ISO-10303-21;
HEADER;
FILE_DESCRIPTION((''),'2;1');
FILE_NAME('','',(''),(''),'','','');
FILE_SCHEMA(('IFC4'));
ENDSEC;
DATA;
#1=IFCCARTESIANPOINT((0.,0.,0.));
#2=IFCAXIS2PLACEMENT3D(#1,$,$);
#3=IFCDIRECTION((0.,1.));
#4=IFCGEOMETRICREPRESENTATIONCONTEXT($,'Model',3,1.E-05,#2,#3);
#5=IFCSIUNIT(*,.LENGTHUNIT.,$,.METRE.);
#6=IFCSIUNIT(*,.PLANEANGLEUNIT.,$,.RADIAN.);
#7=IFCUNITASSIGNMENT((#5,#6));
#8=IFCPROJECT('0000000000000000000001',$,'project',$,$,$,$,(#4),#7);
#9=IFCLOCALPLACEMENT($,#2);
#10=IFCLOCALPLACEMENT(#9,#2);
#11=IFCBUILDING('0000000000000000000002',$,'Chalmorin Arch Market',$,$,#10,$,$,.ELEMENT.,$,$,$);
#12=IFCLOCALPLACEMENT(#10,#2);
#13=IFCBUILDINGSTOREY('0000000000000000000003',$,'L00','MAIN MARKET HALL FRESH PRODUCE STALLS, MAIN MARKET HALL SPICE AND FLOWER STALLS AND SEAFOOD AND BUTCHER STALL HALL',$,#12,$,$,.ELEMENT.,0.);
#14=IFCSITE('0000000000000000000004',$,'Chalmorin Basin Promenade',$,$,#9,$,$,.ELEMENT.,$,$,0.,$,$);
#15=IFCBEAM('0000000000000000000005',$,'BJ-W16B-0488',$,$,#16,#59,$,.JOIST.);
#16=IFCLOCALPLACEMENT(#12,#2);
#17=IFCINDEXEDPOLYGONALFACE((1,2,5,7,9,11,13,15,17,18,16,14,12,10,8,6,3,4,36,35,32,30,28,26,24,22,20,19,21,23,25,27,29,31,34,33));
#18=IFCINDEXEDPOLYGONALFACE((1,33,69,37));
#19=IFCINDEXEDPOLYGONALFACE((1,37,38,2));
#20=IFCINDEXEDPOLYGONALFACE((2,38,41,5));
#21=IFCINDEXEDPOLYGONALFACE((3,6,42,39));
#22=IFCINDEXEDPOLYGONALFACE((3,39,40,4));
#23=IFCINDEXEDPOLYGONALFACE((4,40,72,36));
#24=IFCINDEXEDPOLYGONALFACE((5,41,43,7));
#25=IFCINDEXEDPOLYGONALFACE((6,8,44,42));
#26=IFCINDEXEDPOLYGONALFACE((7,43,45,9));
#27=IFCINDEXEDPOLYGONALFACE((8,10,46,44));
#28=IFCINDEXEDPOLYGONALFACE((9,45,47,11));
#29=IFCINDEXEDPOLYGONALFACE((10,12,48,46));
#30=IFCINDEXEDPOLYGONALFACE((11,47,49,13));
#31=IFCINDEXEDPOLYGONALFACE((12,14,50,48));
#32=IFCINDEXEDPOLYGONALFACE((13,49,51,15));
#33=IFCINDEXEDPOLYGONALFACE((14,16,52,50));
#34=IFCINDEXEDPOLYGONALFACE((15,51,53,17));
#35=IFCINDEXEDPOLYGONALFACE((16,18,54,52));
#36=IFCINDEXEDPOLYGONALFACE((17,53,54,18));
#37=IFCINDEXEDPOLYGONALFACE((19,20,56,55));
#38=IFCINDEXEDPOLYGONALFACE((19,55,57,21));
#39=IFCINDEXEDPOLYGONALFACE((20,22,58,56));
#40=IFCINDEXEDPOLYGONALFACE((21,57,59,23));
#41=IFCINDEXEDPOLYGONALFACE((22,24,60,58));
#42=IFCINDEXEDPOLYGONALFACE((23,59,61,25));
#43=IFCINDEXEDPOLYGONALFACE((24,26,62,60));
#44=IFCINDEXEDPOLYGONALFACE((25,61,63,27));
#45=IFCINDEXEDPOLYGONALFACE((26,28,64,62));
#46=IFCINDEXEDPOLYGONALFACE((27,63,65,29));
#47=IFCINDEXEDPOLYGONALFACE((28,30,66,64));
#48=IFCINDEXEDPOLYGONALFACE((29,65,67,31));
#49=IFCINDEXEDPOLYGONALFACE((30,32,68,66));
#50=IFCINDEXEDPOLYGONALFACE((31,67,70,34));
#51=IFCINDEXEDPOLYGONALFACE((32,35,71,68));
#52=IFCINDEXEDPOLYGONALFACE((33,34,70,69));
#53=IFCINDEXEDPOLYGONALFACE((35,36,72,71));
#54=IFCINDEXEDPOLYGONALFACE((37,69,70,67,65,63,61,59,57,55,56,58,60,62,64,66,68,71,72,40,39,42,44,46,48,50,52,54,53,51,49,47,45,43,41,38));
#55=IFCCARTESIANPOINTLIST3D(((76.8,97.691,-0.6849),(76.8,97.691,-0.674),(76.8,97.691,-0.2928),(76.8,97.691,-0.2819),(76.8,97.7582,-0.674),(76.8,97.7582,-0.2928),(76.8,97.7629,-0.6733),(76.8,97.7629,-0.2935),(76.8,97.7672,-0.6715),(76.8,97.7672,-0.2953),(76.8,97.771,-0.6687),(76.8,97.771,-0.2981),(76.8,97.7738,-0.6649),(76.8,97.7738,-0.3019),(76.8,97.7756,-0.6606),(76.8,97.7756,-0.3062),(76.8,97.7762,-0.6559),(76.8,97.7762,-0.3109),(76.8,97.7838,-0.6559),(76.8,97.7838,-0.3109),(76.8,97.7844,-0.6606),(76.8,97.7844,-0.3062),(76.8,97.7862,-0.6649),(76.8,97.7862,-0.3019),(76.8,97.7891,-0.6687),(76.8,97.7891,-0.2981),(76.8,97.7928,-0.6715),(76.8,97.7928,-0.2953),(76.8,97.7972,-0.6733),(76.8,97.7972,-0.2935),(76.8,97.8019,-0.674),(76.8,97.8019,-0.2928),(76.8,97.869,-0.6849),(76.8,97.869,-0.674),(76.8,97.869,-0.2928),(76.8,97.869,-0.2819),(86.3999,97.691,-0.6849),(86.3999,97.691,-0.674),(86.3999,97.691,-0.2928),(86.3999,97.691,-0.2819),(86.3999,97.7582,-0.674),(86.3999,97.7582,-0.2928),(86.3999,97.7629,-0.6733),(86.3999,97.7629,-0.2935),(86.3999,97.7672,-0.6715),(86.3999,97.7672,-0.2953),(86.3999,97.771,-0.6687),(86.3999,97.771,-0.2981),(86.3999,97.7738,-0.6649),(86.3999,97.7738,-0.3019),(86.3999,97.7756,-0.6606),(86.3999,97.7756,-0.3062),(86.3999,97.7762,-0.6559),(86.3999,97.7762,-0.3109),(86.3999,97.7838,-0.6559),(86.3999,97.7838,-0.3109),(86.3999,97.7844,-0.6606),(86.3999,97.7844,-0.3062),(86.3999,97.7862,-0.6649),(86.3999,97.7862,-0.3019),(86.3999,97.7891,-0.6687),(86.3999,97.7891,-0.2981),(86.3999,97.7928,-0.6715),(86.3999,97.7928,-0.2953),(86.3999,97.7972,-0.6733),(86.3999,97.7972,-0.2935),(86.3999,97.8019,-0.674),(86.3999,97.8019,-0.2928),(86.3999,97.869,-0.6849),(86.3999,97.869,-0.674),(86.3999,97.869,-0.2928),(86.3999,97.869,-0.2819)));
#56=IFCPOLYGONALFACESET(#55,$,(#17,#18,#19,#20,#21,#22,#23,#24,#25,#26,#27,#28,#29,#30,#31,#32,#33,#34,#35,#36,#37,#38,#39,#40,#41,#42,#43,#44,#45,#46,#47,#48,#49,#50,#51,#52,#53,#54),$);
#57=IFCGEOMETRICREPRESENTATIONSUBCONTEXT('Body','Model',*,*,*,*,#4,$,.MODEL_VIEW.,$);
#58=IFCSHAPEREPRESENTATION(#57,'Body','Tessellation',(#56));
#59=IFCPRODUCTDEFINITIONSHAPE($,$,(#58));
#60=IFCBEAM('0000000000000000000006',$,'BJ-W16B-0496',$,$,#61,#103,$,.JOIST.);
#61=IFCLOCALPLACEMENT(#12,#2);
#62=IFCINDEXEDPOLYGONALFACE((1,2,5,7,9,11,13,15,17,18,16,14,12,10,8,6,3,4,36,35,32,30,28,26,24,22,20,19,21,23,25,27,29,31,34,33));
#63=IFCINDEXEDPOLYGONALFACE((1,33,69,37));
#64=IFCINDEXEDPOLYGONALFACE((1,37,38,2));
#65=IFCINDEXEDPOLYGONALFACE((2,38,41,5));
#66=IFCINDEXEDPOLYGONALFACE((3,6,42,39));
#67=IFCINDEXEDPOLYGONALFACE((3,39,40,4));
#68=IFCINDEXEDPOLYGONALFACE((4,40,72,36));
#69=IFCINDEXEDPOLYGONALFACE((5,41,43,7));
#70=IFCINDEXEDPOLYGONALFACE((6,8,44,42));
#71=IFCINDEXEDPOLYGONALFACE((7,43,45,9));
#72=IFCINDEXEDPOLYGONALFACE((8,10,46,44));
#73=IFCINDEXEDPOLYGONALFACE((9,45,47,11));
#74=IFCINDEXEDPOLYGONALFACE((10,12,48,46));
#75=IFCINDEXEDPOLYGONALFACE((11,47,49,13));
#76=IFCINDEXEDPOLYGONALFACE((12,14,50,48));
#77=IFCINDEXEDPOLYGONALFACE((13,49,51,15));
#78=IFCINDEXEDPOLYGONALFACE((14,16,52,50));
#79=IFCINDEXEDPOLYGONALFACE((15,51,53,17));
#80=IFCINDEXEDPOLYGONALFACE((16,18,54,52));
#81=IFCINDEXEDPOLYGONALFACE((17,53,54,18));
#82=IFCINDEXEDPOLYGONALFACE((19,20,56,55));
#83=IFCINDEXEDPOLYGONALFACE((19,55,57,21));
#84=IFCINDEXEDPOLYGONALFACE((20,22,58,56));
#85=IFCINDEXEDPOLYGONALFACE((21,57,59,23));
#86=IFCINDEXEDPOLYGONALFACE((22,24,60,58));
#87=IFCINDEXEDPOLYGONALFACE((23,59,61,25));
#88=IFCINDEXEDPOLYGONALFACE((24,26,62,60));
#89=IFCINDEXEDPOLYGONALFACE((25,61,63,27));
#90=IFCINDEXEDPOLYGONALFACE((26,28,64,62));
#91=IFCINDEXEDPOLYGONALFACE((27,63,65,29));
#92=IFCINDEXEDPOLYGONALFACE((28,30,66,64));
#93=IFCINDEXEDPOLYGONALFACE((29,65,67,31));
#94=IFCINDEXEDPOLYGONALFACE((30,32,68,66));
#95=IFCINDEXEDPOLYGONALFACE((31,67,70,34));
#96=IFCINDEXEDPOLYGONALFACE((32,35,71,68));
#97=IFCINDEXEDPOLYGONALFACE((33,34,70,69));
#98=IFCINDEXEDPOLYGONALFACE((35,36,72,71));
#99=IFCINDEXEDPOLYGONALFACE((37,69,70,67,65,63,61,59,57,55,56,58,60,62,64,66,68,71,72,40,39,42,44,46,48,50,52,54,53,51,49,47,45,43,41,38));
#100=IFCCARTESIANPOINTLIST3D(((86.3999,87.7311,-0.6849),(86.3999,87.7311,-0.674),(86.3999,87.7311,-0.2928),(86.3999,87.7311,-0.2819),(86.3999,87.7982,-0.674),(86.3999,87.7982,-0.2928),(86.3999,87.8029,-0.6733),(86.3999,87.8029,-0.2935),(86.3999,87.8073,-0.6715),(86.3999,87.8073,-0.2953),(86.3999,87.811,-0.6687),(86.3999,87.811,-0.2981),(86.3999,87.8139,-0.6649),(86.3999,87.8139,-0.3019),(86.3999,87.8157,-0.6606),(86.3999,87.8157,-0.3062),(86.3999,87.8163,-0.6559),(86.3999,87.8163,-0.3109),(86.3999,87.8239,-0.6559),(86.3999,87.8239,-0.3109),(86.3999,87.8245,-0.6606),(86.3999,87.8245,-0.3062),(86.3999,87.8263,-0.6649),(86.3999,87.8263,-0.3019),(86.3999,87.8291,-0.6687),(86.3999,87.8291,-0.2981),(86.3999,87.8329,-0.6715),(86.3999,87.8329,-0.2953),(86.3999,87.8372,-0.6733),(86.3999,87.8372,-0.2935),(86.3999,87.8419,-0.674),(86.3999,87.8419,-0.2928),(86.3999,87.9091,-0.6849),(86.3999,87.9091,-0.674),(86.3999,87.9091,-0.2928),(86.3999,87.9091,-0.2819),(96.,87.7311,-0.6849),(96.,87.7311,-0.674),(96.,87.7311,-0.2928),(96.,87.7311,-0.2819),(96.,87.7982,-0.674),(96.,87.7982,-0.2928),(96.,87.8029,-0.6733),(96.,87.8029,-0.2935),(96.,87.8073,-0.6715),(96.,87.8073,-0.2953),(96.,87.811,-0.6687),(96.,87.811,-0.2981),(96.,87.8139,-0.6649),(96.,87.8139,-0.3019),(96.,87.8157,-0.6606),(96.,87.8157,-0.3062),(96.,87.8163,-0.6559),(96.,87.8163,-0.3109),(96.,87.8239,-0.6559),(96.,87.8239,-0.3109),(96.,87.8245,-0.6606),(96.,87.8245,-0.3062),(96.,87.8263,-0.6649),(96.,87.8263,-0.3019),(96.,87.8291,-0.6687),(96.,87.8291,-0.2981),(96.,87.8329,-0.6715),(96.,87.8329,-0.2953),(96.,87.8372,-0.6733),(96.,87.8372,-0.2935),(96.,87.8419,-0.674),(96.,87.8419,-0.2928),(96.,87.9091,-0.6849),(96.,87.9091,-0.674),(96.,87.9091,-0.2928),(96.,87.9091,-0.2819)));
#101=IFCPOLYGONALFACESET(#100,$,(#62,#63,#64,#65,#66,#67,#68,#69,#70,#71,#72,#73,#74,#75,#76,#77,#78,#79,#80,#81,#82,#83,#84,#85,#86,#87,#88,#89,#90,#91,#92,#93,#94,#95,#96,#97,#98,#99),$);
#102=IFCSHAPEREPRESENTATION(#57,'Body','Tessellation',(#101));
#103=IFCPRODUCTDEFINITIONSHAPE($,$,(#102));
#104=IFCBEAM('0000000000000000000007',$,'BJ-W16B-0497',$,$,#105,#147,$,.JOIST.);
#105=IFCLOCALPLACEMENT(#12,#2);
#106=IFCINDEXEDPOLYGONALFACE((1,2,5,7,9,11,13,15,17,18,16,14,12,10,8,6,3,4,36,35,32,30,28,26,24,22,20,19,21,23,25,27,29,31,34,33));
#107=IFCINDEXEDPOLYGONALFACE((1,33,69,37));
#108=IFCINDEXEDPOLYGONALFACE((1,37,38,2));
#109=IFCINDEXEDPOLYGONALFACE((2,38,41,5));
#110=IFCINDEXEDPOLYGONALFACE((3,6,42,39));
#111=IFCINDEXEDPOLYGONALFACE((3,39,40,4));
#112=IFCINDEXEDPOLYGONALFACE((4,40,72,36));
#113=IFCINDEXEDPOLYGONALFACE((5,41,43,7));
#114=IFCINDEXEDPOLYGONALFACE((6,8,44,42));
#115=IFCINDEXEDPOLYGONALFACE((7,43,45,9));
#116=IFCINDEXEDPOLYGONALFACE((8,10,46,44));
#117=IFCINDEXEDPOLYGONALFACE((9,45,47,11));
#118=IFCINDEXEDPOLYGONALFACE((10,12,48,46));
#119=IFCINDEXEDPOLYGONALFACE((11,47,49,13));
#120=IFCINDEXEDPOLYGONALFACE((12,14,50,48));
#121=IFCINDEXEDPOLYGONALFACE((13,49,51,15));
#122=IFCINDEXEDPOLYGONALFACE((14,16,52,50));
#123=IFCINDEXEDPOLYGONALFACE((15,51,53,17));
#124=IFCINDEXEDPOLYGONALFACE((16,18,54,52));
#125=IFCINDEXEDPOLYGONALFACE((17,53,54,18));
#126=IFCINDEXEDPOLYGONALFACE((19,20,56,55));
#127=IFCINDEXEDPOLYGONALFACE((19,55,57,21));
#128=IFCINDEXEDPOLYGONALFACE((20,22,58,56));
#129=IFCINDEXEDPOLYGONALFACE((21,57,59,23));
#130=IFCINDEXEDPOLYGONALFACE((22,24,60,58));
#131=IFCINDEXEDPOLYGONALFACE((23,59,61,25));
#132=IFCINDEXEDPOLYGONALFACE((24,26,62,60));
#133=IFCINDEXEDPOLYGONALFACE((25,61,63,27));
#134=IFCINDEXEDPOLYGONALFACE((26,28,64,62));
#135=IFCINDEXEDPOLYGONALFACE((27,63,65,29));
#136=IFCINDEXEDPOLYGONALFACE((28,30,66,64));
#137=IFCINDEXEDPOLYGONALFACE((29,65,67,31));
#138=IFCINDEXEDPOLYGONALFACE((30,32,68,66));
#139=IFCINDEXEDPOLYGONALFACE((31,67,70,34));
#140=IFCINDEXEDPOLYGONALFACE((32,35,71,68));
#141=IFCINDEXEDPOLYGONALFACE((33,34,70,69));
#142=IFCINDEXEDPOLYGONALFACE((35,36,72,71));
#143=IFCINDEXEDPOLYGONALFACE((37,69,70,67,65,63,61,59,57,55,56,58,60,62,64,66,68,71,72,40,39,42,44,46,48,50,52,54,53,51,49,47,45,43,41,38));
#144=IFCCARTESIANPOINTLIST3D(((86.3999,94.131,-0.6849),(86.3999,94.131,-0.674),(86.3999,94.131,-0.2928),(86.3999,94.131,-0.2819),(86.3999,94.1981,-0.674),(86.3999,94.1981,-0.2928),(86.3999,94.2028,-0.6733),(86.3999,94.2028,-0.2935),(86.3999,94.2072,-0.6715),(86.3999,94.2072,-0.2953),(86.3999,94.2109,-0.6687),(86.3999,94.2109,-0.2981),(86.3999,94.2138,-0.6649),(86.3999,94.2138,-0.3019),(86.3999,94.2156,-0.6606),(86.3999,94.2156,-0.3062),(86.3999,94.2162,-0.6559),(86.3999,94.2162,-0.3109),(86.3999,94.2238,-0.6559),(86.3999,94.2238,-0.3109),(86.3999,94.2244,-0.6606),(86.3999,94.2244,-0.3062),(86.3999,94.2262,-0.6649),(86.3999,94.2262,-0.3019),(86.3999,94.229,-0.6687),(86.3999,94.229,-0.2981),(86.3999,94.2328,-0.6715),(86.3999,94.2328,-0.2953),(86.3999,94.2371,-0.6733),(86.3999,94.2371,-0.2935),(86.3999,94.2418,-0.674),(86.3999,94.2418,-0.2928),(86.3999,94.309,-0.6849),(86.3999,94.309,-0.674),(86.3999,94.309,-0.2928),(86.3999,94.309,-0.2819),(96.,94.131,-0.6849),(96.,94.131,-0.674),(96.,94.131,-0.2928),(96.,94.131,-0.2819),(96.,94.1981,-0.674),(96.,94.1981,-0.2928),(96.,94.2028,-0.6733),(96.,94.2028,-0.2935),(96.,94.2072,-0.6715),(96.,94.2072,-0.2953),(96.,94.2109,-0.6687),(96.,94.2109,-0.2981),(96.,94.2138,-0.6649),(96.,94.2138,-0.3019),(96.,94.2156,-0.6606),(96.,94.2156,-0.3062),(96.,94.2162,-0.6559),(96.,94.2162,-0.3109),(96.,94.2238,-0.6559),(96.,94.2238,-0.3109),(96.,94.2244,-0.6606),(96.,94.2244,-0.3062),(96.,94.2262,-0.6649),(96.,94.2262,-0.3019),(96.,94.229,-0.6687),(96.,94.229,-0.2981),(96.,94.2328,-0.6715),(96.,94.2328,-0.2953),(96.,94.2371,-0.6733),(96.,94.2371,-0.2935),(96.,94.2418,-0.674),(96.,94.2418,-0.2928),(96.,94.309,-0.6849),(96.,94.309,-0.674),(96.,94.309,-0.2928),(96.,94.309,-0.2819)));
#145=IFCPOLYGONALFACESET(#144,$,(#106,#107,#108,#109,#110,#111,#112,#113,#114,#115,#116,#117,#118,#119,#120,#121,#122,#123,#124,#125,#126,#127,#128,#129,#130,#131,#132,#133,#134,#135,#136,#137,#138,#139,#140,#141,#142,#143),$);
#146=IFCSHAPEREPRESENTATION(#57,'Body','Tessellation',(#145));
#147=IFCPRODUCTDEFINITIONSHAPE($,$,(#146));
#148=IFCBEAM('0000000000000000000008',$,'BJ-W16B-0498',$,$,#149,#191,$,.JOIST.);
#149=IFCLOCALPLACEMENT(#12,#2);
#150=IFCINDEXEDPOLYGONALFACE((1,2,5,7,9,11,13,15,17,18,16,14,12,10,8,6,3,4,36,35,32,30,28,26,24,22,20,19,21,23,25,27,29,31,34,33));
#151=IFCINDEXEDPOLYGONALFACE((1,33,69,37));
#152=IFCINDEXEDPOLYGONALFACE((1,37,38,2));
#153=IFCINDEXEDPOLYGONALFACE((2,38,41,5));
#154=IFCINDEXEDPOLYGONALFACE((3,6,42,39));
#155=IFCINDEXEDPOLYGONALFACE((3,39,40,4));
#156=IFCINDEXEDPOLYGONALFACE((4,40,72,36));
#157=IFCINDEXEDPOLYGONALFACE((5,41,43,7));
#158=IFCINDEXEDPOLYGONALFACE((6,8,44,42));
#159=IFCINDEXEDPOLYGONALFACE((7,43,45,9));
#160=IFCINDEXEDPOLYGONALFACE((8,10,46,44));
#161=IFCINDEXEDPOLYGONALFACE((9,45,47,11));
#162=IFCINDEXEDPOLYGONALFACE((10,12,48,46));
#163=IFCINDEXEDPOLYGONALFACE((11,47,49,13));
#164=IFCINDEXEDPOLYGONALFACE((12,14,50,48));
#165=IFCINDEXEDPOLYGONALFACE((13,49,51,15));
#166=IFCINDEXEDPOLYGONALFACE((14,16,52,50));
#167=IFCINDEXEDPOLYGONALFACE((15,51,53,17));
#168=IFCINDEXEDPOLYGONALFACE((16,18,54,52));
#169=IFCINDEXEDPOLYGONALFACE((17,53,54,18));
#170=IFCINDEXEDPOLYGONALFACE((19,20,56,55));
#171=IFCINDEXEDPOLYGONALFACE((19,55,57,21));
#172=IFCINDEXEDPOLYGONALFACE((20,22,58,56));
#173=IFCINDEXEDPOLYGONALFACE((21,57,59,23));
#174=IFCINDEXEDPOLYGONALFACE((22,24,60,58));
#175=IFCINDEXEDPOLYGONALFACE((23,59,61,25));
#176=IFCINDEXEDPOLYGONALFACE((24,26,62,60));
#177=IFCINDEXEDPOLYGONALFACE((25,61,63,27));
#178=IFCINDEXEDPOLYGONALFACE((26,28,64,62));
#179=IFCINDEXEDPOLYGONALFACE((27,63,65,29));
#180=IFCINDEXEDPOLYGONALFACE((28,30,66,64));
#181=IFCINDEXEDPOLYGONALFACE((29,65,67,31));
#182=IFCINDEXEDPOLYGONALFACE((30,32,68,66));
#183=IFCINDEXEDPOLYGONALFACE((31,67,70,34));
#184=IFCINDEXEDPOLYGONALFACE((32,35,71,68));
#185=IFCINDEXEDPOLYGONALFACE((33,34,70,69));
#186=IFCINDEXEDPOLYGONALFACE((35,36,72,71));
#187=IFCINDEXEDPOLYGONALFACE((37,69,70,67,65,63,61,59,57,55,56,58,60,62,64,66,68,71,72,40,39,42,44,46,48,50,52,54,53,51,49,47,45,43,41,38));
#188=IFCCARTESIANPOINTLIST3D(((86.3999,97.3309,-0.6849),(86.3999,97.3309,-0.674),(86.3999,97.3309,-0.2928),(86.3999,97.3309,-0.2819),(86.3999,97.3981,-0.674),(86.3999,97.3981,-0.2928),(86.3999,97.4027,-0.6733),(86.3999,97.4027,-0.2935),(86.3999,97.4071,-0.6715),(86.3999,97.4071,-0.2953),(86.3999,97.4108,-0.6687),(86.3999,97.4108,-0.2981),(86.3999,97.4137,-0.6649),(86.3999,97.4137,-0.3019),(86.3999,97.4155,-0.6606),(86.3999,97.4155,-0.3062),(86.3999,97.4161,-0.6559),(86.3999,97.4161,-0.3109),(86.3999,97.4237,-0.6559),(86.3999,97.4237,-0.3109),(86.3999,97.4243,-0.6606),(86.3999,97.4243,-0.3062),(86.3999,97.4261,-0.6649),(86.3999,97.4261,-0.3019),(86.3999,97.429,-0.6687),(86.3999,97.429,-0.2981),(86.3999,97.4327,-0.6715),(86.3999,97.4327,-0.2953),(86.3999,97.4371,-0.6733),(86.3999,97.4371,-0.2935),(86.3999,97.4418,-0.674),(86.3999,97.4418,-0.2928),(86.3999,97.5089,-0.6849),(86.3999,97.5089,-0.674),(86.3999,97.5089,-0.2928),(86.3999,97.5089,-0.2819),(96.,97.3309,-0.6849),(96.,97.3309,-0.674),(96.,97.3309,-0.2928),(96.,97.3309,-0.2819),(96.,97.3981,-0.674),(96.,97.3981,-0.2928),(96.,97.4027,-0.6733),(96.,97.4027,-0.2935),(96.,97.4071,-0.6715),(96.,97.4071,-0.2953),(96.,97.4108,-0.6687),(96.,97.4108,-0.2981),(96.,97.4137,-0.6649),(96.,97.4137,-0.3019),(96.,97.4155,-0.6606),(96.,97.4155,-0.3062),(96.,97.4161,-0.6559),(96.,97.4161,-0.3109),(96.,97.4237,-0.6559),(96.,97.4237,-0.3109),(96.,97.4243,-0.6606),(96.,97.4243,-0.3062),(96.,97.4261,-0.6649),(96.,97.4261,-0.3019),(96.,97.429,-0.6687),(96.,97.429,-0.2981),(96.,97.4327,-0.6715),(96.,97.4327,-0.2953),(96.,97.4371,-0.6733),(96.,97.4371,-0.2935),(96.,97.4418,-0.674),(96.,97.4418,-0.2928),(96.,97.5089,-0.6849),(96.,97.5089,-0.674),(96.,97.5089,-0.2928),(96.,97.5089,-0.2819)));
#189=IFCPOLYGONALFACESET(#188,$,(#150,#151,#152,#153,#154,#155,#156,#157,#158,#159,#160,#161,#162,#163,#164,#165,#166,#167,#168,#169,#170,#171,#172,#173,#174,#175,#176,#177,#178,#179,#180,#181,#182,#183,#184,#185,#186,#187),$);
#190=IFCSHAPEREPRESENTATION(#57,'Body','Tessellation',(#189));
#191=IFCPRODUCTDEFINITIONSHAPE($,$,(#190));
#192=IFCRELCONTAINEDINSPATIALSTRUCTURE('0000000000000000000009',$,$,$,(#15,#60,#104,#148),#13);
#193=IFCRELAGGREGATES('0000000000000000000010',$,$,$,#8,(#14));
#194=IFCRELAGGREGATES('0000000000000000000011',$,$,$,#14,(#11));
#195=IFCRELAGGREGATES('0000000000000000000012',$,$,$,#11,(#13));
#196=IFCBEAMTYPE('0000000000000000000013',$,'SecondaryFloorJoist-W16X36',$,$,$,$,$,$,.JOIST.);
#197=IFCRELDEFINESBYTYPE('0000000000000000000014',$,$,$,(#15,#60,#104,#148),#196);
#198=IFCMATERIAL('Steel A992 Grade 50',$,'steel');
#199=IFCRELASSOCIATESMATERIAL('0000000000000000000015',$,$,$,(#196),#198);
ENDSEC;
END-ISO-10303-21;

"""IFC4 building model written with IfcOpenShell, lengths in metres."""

from ifc_helpers import new_model, si_unit, direction, frame, origin, origin_2d, place, context, subcontext, project, spatial, i_section, extrude, material, material_profile, profile_set, type_object, element, save


model = new_model("IFC4")

# Units and contexts
model_context = context("Model", 3, precision=1e-05, world=origin(), true_north=direction((0.0, 1.0)))
body_context = subcontext(model_context, "Body", "Model", "MODEL_VIEW")
ifc_project = project(units=[si_unit("LENGTHUNIT", "METRE"), si_unit("PLANEANGLEUNIT", "RADIAN")], contexts=[model_context])

# Site, building, storey
site_placement = place(None, origin())
site = spatial("IfcSite", under=ifc_project, at=site_placement, Name="Chalmorin Basin Promenade", CompositionType="ELEMENT", RefElevation=0.0)
building_placement = place(site_placement, origin())
building = spatial("IfcBuilding", under=site, at=building_placement, Name="Chalmorin Arch Market", CompositionType="ELEMENT")
storey_placement = place(building_placement, origin())
storey = spatial("IfcBuildingStorey", under=building, at=storey_placement, Name="L00", Description="MAIN MARKET HALL FRESH PRODUCE STALLS, MAIN MARKET HALL SPICE AND FLOWER STALLS AND SEAFOOD AND BUTCHER STALL HALL", CompositionType="ELEMENT", Elevation=0.0)

# Beams
ifc_material_1 = material(Name="Steel A992 Grade 50", Category="steel")
ifc_material_profile_1 = material_profile(ifc_material_1, i_section(OverallWidth=0.178, OverallDepth=0.4031, WebThickness=0.0076, FlangeThickness=0.011, FilletRadius=0.0181, at=origin_2d()), Name="W16X36")
ifc_profile_set_1 = profile_set([ifc_material_profile_1], Name="Steel A992 Grade 50")
beam_type_1 = type_object("IfcBeamType", Name="SecondaryFloorJoist-W16X36", PredefinedType="JOIST", material=ifc_profile_set_1)
for number, where, z_axis, x_axis, name in (
    (1, (76.8, 97.78, -0.4834), (1.0, 0.0, 0.0), (0.0, 1.0, 0.0), "BJ-W16B-0488"),
):
    element("IfcBeam", number, at=place(storey_placement, frame(where, z_axis=z_axis, x_axis=x_axis)), inside=storey, type_object=beam_type_1, Name=name, PredefinedType="JOIST", context=body_context, shape_type="SweptSolid", body=[
        extrude(i_section(OverallWidth=0.178, OverallDepth=0.4031, WebThickness=0.0076, FlangeThickness=0.011, FilletRadius=0.0181, at=origin_2d()), origin(), (0.0, 0.0, 1.0), 9.5999),
    ])
for number, where, z_axis, x_axis, name in (
    (2, (86.3999, 87.8201, -0.4834), (1.0, 0.0, 0.0), (0.0, 1.0, 0.0), "BJ-W16B-0496"),
    (3, (86.3999, 94.22, -0.4834), (1.0, 0.0, 0.0), (0.0, 1.0, 0.0), "BJ-W16B-0497"),
    (4, (86.3999, 97.4199, -0.4834), (1.0, 0.0, 0.0), (0.0, 1.0, 0.0), "BJ-W16B-0498"),
):
    element("IfcBeam", number, at=place(storey_placement, frame(where, z_axis=z_axis, x_axis=x_axis)), inside=storey, type_object=beam_type_1, Name=name, PredefinedType="JOIST", context=body_context, shape_type="SweptSolid", body=[
        extrude(i_section(OverallWidth=0.178, OverallDepth=0.4031, WebThickness=0.0076, FlangeThickness=0.011, FilletRadius=0.0181, at=origin_2d()), origin(), (0.0, 0.0, 1.0), 9.6001),
    ])

save(model, "model.ifc")
